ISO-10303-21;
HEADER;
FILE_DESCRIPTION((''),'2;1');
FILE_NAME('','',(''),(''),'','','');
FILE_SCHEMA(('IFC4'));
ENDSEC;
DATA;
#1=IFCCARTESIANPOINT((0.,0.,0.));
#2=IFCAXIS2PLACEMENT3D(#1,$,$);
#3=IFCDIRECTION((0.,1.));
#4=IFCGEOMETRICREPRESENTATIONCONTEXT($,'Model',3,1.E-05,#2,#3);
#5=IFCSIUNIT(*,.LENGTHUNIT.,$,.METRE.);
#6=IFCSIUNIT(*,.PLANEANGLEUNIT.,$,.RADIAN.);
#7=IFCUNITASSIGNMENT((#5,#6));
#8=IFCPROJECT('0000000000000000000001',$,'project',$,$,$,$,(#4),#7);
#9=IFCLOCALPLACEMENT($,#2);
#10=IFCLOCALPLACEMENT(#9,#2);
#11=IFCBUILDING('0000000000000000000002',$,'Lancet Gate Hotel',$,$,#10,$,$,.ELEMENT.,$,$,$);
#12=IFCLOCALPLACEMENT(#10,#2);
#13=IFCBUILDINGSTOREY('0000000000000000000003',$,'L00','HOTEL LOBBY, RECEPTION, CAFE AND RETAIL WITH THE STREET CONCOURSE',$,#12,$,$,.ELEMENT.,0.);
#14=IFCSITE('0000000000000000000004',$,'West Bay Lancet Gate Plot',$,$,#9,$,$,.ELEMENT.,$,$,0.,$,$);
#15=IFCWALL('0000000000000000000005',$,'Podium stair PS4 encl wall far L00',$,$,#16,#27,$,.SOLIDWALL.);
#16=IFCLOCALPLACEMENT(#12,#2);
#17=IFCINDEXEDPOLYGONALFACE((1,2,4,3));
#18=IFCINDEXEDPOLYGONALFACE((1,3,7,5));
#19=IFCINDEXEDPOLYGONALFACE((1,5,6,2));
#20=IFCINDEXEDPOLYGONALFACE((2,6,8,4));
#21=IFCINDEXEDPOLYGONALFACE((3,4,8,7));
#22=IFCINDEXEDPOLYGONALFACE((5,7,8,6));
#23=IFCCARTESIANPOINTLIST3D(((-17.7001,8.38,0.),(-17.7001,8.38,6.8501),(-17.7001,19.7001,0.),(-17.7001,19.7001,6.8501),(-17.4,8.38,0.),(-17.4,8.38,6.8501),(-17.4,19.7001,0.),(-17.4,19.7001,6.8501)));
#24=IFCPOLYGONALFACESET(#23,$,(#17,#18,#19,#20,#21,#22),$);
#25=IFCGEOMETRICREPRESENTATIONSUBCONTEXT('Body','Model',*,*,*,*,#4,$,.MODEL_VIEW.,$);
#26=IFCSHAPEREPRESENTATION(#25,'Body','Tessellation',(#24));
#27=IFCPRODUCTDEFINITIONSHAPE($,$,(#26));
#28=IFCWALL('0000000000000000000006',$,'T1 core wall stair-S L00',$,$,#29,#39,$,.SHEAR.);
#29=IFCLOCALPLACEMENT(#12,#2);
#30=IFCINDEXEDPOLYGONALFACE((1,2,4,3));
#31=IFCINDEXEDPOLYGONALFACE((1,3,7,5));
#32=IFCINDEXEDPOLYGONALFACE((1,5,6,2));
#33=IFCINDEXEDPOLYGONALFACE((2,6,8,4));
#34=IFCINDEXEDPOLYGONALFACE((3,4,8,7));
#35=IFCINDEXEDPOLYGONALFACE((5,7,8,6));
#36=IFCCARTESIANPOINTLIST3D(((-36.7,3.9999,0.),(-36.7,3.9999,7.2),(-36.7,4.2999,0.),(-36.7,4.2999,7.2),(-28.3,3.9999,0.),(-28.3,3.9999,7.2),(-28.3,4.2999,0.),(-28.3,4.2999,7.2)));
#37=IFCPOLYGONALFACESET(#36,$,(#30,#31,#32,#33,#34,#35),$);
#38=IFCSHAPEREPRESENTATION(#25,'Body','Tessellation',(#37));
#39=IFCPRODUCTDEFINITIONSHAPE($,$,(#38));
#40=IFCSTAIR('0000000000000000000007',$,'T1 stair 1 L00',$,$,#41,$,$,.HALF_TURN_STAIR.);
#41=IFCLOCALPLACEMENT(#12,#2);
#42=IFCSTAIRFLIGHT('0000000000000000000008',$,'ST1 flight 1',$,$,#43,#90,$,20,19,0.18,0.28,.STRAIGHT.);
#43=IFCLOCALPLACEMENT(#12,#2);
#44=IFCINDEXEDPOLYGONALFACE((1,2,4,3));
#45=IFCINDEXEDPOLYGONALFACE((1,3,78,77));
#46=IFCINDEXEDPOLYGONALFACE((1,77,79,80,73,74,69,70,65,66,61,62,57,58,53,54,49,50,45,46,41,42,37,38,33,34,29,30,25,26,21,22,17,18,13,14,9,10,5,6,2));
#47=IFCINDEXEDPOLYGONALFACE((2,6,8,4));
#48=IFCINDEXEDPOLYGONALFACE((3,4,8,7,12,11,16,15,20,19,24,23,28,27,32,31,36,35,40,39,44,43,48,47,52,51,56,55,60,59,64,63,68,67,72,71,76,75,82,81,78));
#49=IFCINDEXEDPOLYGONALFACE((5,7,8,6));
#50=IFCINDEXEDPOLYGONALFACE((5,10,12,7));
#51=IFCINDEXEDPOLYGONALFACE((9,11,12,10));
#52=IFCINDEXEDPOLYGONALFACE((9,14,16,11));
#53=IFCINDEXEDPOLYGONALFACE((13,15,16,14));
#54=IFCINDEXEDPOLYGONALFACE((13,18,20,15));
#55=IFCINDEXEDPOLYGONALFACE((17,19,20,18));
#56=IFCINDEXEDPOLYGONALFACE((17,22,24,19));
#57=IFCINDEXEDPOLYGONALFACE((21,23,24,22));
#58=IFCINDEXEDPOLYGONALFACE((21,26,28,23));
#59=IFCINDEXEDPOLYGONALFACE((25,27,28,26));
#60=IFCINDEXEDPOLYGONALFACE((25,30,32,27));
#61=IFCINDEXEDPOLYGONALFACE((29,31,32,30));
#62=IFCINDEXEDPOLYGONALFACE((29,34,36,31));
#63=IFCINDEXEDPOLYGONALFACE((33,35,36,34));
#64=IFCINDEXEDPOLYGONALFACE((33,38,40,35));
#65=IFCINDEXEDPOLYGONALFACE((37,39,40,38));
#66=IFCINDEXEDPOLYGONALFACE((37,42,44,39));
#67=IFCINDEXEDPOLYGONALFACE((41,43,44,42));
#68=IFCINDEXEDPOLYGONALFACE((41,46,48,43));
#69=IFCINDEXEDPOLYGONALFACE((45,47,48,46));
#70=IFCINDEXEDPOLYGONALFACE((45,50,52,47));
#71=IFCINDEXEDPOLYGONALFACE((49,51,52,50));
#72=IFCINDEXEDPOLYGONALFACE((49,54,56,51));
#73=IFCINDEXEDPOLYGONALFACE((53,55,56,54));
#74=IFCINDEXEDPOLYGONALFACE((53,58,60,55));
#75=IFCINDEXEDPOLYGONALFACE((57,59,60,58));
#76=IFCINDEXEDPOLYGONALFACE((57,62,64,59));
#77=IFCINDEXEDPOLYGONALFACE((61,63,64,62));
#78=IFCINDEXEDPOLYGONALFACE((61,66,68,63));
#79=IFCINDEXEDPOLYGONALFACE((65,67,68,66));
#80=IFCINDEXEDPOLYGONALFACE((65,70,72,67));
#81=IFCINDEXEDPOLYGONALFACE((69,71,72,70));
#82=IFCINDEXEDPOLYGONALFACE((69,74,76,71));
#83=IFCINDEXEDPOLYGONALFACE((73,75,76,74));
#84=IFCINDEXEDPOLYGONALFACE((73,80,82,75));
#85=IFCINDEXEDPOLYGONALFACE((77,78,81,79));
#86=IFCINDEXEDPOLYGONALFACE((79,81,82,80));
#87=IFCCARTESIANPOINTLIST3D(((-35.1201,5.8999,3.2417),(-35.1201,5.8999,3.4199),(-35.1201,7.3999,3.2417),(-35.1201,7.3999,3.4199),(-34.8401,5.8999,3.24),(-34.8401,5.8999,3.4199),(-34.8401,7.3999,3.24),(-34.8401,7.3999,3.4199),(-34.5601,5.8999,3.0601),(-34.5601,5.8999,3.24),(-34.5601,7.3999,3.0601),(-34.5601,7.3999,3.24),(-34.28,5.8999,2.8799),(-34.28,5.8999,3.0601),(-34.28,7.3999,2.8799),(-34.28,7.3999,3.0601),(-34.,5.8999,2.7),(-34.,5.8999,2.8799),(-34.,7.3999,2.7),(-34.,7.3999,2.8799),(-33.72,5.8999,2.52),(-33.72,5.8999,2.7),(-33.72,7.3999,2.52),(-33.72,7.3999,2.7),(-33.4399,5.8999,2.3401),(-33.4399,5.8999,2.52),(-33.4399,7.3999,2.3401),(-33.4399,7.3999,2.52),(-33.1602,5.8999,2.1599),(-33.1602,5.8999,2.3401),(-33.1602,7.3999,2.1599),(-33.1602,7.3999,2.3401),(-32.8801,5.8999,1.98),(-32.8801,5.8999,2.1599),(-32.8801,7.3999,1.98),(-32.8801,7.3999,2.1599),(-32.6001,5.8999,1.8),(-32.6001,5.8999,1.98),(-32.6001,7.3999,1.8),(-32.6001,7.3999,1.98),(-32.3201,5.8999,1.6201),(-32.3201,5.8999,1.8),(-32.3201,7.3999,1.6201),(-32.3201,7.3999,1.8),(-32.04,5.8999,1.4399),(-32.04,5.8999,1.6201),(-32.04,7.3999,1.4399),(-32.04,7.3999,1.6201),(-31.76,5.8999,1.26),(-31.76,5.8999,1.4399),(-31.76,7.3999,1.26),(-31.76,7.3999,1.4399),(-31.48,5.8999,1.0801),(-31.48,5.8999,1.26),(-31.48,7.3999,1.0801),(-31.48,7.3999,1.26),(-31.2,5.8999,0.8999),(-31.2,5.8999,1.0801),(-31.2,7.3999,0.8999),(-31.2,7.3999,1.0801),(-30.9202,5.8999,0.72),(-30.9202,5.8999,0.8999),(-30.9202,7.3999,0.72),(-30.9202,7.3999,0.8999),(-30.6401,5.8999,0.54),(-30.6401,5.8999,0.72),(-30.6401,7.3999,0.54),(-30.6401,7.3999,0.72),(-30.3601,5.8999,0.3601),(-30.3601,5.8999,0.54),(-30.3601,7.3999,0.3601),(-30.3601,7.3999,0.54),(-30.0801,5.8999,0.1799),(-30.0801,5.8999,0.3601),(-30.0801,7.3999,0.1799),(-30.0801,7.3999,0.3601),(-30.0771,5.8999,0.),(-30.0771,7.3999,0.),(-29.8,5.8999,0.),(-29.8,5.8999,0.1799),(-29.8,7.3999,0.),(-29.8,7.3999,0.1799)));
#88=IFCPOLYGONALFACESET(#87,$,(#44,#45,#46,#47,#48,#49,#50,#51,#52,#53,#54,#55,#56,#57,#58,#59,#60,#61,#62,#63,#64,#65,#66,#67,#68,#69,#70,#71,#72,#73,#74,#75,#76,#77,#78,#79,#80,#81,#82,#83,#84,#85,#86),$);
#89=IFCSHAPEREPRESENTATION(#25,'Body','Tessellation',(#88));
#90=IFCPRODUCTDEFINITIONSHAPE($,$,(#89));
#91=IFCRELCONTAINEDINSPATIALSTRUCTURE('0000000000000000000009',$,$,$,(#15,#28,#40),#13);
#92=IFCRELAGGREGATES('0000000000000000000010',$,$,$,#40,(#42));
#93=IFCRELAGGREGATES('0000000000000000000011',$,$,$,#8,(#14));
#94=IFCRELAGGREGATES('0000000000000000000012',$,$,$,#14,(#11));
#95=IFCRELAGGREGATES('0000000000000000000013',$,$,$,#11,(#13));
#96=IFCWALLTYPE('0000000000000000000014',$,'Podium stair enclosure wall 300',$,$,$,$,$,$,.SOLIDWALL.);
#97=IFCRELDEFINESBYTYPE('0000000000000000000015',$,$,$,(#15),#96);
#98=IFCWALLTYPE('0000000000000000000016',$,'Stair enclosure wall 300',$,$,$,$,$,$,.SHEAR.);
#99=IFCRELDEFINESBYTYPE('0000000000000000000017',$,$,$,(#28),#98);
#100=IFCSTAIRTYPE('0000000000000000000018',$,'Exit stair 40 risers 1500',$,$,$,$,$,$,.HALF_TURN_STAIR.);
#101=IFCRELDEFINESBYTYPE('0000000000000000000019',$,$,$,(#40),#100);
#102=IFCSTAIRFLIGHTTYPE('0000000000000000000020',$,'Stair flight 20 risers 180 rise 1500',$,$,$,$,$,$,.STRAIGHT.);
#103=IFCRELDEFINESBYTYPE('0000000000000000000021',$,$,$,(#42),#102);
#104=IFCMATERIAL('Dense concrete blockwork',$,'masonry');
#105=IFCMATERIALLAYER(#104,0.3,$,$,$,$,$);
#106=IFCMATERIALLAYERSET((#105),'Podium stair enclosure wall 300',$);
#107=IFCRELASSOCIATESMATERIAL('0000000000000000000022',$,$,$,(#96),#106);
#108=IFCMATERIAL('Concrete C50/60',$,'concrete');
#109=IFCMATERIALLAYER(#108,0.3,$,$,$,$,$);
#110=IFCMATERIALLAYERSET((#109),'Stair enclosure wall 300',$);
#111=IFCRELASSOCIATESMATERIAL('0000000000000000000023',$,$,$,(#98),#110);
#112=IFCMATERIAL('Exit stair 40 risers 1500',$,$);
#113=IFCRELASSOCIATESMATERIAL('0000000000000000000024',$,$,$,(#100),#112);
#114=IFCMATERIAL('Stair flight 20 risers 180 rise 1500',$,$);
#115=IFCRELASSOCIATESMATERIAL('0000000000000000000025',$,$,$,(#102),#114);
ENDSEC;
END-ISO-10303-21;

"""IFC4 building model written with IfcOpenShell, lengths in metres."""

from ifc_helpers import new_model, si_unit, direction, frame, frame_2d, origin, place, context, subcontext, project, spatial, polyline, rectangle, outline, extrude, material, layer, layer_set, type_object, element, aggregate, save


model = new_model("IFC4")

# Units and contexts
model_context = context("Model", 3, precision=1e-05, world=origin(), true_north=direction((0.0, 1.0)))
body_context = subcontext(model_context, "Body", "Model", "MODEL_VIEW")
ifc_project = project(units=[si_unit("LENGTHUNIT", "METRE"), si_unit("PLANEANGLEUNIT", "RADIAN")], contexts=[model_context])

# Site, building, storey
site_placement = place(None, origin())
site = spatial("IfcSite", under=ifc_project, at=site_placement, Name="West Bay Lancet Gate Plot", CompositionType="ELEMENT", RefElevation=0.0)
building_placement = place(site_placement, origin())
building = spatial("IfcBuilding", under=site, at=building_placement, Name="Lancet Gate Hotel", CompositionType="ELEMENT")
storey_placement = place(building_placement, origin())
storey = spatial("IfcBuildingStorey", under=building, at=storey_placement, Name="L00", Description="HOTEL LOBBY, RECEPTION, CAFE AND RETAIL WITH THE STREET CONCOURSE", CompositionType="ELEMENT", Elevation=0.0)

# Walls
ifc_material_1 = material(Name="Dense concrete blockwork", Category="masonry")
ifc_layer_1 = layer(ifc_material_1, 0.3)
ifc_layer_set_1 = layer_set([ifc_layer_1], Name="Podium stair enclosure wall 300")
wall_type_1 = type_object("IfcWallType", Name="Podium stair enclosure wall 300", PredefinedType="SOLIDWALL", material=ifc_layer_set_1)
wall_1_placement = place(storey_placement, frame((-17.55, 8.3799, 0.0), z_axis=(0.0, 0.0, 1.0), x_axis=(0.0, 1.0, 0.0)))
element("IfcWall", 1, at=wall_1_placement, inside=storey, type_object=wall_type_1, Name="Podium stair PS4 encl wall far L00", PredefinedType="SOLIDWALL", context=body_context, shape_type="SweptSolid", body=[
    extrude(rectangle(XDim=11.3201, YDim=0.3, at=frame_2d((5.6602, 0.0))), origin(), (0.0, 0.0, 1.0), 6.8501),
])
ifc_material_2 = material(Name="Concrete C50/60", Category="concrete")
ifc_layer_2 = layer(ifc_material_2, 0.3)
ifc_layer_set_2 = layer_set([ifc_layer_2], Name="Stair enclosure wall 300")
wall_type_2 = type_object("IfcWallType", Name="Stair enclosure wall 300", PredefinedType="SHEAR", material=ifc_layer_set_2)
wall_2_placement = place(storey_placement, frame((-28.3, 4.1499, 0.0), z_axis=(0.0, 0.0, 1.0), x_axis=(-1.0, 0.0, 0.0)))
element("IfcWall", 2, at=wall_2_placement, inside=storey, type_object=wall_type_2, Name="T1 core wall stair-S L00", PredefinedType="SHEAR", context=body_context, shape_type="SweptSolid", body=[
    extrude(rectangle(XDim=8.3999, YDim=0.3, at=frame_2d((4.2, 0.0))), origin(), (0.0, 0.0, 1.0), 7.2),
])

# Stair, stair flight
ifc_material_3 = material(Name="Exit stair 40 risers 1500")
stair_type = type_object("IfcStairType", Name="Exit stair 40 risers 1500", PredefinedType="HALF_TURN_STAIR", material=ifc_material_3)
stair_placement = place(storey_placement, origin())
stair = element("IfcStair", 3, at=stair_placement, inside=storey, type_object=stair_type, Name="T1 stair 1 L00", PredefinedType="HALF_TURN_STAIR")
ifc_material_4 = material(Name="Stair flight 20 risers 180 rise 1500")
stair_flight_type = type_object("IfcStairFlightType", Name="Stair flight 20 risers 180 rise 1500", PredefinedType="STRAIGHT", material=ifc_material_4)
stair_flight_placement = place(storey_placement, frame((-29.8, 6.6499, 0.0), z_axis=(0.0, 0.0, 1.0), x_axis=(-1.0, 0.0, 0.0)))
stair_flight = element("IfcStairFlight", 4, at=stair_flight_placement, type_object=stair_flight_type, Name="ST1 flight 1", NumberOfRisers=20, NumberOfTreads=19, PredefinedType="STRAIGHT", RiserHeight=0.18, TreadLength=0.28, context=body_context, shape_type="SweptSolid", body=[
    extrude(outline(polyline([(0.0, 0.0), (0.0, 0.1799), (0.28, 0.1799), (0.28, 0.3601), (0.5601, 0.3601), (0.5601, 0.54), (0.8401, 0.54), (0.8401, 0.72), (1.1201, 0.72), (1.1201, 0.8999), (1.3999, 0.8999), (1.3999, 1.0801), (1.6799, 1.0801), (1.6799, 1.26), (1.96, 1.26), (1.96, 1.4399), (2.24, 1.4399), (2.24, 1.6201), (2.52, 1.6201), (2.52, 1.8), (2.8, 1.8), (2.8, 1.98), (3.0801, 1.98), (3.0801, 2.1599), (3.3601, 2.1599), (3.3601, 2.3401), (3.6399, 2.3401), (3.6399, 2.52), (3.9199, 2.52), (3.9199, 2.7), (4.2, 2.7), (4.2, 2.8799), (4.48, 2.8799), (4.48, 3.0601), (4.76, 3.0601), (4.76, 3.24), (5.04, 3.24), (5.04, 3.4199), (5.3201, 3.4199), (5.3201, 3.6001), (5.3201, 3.2417), (0.2771, 0.0), (0.0, 0.0)])), frame((0.0, 0.75, 0.0), z_axis=(0.0, -1.0, 0.0), x_axis=(1.0, 0.0, 0.0)), (0.0, 0.0, 1.0), 1.5),
])
aggregate(stair, [stair_flight])

save(model, "model.ifc")
